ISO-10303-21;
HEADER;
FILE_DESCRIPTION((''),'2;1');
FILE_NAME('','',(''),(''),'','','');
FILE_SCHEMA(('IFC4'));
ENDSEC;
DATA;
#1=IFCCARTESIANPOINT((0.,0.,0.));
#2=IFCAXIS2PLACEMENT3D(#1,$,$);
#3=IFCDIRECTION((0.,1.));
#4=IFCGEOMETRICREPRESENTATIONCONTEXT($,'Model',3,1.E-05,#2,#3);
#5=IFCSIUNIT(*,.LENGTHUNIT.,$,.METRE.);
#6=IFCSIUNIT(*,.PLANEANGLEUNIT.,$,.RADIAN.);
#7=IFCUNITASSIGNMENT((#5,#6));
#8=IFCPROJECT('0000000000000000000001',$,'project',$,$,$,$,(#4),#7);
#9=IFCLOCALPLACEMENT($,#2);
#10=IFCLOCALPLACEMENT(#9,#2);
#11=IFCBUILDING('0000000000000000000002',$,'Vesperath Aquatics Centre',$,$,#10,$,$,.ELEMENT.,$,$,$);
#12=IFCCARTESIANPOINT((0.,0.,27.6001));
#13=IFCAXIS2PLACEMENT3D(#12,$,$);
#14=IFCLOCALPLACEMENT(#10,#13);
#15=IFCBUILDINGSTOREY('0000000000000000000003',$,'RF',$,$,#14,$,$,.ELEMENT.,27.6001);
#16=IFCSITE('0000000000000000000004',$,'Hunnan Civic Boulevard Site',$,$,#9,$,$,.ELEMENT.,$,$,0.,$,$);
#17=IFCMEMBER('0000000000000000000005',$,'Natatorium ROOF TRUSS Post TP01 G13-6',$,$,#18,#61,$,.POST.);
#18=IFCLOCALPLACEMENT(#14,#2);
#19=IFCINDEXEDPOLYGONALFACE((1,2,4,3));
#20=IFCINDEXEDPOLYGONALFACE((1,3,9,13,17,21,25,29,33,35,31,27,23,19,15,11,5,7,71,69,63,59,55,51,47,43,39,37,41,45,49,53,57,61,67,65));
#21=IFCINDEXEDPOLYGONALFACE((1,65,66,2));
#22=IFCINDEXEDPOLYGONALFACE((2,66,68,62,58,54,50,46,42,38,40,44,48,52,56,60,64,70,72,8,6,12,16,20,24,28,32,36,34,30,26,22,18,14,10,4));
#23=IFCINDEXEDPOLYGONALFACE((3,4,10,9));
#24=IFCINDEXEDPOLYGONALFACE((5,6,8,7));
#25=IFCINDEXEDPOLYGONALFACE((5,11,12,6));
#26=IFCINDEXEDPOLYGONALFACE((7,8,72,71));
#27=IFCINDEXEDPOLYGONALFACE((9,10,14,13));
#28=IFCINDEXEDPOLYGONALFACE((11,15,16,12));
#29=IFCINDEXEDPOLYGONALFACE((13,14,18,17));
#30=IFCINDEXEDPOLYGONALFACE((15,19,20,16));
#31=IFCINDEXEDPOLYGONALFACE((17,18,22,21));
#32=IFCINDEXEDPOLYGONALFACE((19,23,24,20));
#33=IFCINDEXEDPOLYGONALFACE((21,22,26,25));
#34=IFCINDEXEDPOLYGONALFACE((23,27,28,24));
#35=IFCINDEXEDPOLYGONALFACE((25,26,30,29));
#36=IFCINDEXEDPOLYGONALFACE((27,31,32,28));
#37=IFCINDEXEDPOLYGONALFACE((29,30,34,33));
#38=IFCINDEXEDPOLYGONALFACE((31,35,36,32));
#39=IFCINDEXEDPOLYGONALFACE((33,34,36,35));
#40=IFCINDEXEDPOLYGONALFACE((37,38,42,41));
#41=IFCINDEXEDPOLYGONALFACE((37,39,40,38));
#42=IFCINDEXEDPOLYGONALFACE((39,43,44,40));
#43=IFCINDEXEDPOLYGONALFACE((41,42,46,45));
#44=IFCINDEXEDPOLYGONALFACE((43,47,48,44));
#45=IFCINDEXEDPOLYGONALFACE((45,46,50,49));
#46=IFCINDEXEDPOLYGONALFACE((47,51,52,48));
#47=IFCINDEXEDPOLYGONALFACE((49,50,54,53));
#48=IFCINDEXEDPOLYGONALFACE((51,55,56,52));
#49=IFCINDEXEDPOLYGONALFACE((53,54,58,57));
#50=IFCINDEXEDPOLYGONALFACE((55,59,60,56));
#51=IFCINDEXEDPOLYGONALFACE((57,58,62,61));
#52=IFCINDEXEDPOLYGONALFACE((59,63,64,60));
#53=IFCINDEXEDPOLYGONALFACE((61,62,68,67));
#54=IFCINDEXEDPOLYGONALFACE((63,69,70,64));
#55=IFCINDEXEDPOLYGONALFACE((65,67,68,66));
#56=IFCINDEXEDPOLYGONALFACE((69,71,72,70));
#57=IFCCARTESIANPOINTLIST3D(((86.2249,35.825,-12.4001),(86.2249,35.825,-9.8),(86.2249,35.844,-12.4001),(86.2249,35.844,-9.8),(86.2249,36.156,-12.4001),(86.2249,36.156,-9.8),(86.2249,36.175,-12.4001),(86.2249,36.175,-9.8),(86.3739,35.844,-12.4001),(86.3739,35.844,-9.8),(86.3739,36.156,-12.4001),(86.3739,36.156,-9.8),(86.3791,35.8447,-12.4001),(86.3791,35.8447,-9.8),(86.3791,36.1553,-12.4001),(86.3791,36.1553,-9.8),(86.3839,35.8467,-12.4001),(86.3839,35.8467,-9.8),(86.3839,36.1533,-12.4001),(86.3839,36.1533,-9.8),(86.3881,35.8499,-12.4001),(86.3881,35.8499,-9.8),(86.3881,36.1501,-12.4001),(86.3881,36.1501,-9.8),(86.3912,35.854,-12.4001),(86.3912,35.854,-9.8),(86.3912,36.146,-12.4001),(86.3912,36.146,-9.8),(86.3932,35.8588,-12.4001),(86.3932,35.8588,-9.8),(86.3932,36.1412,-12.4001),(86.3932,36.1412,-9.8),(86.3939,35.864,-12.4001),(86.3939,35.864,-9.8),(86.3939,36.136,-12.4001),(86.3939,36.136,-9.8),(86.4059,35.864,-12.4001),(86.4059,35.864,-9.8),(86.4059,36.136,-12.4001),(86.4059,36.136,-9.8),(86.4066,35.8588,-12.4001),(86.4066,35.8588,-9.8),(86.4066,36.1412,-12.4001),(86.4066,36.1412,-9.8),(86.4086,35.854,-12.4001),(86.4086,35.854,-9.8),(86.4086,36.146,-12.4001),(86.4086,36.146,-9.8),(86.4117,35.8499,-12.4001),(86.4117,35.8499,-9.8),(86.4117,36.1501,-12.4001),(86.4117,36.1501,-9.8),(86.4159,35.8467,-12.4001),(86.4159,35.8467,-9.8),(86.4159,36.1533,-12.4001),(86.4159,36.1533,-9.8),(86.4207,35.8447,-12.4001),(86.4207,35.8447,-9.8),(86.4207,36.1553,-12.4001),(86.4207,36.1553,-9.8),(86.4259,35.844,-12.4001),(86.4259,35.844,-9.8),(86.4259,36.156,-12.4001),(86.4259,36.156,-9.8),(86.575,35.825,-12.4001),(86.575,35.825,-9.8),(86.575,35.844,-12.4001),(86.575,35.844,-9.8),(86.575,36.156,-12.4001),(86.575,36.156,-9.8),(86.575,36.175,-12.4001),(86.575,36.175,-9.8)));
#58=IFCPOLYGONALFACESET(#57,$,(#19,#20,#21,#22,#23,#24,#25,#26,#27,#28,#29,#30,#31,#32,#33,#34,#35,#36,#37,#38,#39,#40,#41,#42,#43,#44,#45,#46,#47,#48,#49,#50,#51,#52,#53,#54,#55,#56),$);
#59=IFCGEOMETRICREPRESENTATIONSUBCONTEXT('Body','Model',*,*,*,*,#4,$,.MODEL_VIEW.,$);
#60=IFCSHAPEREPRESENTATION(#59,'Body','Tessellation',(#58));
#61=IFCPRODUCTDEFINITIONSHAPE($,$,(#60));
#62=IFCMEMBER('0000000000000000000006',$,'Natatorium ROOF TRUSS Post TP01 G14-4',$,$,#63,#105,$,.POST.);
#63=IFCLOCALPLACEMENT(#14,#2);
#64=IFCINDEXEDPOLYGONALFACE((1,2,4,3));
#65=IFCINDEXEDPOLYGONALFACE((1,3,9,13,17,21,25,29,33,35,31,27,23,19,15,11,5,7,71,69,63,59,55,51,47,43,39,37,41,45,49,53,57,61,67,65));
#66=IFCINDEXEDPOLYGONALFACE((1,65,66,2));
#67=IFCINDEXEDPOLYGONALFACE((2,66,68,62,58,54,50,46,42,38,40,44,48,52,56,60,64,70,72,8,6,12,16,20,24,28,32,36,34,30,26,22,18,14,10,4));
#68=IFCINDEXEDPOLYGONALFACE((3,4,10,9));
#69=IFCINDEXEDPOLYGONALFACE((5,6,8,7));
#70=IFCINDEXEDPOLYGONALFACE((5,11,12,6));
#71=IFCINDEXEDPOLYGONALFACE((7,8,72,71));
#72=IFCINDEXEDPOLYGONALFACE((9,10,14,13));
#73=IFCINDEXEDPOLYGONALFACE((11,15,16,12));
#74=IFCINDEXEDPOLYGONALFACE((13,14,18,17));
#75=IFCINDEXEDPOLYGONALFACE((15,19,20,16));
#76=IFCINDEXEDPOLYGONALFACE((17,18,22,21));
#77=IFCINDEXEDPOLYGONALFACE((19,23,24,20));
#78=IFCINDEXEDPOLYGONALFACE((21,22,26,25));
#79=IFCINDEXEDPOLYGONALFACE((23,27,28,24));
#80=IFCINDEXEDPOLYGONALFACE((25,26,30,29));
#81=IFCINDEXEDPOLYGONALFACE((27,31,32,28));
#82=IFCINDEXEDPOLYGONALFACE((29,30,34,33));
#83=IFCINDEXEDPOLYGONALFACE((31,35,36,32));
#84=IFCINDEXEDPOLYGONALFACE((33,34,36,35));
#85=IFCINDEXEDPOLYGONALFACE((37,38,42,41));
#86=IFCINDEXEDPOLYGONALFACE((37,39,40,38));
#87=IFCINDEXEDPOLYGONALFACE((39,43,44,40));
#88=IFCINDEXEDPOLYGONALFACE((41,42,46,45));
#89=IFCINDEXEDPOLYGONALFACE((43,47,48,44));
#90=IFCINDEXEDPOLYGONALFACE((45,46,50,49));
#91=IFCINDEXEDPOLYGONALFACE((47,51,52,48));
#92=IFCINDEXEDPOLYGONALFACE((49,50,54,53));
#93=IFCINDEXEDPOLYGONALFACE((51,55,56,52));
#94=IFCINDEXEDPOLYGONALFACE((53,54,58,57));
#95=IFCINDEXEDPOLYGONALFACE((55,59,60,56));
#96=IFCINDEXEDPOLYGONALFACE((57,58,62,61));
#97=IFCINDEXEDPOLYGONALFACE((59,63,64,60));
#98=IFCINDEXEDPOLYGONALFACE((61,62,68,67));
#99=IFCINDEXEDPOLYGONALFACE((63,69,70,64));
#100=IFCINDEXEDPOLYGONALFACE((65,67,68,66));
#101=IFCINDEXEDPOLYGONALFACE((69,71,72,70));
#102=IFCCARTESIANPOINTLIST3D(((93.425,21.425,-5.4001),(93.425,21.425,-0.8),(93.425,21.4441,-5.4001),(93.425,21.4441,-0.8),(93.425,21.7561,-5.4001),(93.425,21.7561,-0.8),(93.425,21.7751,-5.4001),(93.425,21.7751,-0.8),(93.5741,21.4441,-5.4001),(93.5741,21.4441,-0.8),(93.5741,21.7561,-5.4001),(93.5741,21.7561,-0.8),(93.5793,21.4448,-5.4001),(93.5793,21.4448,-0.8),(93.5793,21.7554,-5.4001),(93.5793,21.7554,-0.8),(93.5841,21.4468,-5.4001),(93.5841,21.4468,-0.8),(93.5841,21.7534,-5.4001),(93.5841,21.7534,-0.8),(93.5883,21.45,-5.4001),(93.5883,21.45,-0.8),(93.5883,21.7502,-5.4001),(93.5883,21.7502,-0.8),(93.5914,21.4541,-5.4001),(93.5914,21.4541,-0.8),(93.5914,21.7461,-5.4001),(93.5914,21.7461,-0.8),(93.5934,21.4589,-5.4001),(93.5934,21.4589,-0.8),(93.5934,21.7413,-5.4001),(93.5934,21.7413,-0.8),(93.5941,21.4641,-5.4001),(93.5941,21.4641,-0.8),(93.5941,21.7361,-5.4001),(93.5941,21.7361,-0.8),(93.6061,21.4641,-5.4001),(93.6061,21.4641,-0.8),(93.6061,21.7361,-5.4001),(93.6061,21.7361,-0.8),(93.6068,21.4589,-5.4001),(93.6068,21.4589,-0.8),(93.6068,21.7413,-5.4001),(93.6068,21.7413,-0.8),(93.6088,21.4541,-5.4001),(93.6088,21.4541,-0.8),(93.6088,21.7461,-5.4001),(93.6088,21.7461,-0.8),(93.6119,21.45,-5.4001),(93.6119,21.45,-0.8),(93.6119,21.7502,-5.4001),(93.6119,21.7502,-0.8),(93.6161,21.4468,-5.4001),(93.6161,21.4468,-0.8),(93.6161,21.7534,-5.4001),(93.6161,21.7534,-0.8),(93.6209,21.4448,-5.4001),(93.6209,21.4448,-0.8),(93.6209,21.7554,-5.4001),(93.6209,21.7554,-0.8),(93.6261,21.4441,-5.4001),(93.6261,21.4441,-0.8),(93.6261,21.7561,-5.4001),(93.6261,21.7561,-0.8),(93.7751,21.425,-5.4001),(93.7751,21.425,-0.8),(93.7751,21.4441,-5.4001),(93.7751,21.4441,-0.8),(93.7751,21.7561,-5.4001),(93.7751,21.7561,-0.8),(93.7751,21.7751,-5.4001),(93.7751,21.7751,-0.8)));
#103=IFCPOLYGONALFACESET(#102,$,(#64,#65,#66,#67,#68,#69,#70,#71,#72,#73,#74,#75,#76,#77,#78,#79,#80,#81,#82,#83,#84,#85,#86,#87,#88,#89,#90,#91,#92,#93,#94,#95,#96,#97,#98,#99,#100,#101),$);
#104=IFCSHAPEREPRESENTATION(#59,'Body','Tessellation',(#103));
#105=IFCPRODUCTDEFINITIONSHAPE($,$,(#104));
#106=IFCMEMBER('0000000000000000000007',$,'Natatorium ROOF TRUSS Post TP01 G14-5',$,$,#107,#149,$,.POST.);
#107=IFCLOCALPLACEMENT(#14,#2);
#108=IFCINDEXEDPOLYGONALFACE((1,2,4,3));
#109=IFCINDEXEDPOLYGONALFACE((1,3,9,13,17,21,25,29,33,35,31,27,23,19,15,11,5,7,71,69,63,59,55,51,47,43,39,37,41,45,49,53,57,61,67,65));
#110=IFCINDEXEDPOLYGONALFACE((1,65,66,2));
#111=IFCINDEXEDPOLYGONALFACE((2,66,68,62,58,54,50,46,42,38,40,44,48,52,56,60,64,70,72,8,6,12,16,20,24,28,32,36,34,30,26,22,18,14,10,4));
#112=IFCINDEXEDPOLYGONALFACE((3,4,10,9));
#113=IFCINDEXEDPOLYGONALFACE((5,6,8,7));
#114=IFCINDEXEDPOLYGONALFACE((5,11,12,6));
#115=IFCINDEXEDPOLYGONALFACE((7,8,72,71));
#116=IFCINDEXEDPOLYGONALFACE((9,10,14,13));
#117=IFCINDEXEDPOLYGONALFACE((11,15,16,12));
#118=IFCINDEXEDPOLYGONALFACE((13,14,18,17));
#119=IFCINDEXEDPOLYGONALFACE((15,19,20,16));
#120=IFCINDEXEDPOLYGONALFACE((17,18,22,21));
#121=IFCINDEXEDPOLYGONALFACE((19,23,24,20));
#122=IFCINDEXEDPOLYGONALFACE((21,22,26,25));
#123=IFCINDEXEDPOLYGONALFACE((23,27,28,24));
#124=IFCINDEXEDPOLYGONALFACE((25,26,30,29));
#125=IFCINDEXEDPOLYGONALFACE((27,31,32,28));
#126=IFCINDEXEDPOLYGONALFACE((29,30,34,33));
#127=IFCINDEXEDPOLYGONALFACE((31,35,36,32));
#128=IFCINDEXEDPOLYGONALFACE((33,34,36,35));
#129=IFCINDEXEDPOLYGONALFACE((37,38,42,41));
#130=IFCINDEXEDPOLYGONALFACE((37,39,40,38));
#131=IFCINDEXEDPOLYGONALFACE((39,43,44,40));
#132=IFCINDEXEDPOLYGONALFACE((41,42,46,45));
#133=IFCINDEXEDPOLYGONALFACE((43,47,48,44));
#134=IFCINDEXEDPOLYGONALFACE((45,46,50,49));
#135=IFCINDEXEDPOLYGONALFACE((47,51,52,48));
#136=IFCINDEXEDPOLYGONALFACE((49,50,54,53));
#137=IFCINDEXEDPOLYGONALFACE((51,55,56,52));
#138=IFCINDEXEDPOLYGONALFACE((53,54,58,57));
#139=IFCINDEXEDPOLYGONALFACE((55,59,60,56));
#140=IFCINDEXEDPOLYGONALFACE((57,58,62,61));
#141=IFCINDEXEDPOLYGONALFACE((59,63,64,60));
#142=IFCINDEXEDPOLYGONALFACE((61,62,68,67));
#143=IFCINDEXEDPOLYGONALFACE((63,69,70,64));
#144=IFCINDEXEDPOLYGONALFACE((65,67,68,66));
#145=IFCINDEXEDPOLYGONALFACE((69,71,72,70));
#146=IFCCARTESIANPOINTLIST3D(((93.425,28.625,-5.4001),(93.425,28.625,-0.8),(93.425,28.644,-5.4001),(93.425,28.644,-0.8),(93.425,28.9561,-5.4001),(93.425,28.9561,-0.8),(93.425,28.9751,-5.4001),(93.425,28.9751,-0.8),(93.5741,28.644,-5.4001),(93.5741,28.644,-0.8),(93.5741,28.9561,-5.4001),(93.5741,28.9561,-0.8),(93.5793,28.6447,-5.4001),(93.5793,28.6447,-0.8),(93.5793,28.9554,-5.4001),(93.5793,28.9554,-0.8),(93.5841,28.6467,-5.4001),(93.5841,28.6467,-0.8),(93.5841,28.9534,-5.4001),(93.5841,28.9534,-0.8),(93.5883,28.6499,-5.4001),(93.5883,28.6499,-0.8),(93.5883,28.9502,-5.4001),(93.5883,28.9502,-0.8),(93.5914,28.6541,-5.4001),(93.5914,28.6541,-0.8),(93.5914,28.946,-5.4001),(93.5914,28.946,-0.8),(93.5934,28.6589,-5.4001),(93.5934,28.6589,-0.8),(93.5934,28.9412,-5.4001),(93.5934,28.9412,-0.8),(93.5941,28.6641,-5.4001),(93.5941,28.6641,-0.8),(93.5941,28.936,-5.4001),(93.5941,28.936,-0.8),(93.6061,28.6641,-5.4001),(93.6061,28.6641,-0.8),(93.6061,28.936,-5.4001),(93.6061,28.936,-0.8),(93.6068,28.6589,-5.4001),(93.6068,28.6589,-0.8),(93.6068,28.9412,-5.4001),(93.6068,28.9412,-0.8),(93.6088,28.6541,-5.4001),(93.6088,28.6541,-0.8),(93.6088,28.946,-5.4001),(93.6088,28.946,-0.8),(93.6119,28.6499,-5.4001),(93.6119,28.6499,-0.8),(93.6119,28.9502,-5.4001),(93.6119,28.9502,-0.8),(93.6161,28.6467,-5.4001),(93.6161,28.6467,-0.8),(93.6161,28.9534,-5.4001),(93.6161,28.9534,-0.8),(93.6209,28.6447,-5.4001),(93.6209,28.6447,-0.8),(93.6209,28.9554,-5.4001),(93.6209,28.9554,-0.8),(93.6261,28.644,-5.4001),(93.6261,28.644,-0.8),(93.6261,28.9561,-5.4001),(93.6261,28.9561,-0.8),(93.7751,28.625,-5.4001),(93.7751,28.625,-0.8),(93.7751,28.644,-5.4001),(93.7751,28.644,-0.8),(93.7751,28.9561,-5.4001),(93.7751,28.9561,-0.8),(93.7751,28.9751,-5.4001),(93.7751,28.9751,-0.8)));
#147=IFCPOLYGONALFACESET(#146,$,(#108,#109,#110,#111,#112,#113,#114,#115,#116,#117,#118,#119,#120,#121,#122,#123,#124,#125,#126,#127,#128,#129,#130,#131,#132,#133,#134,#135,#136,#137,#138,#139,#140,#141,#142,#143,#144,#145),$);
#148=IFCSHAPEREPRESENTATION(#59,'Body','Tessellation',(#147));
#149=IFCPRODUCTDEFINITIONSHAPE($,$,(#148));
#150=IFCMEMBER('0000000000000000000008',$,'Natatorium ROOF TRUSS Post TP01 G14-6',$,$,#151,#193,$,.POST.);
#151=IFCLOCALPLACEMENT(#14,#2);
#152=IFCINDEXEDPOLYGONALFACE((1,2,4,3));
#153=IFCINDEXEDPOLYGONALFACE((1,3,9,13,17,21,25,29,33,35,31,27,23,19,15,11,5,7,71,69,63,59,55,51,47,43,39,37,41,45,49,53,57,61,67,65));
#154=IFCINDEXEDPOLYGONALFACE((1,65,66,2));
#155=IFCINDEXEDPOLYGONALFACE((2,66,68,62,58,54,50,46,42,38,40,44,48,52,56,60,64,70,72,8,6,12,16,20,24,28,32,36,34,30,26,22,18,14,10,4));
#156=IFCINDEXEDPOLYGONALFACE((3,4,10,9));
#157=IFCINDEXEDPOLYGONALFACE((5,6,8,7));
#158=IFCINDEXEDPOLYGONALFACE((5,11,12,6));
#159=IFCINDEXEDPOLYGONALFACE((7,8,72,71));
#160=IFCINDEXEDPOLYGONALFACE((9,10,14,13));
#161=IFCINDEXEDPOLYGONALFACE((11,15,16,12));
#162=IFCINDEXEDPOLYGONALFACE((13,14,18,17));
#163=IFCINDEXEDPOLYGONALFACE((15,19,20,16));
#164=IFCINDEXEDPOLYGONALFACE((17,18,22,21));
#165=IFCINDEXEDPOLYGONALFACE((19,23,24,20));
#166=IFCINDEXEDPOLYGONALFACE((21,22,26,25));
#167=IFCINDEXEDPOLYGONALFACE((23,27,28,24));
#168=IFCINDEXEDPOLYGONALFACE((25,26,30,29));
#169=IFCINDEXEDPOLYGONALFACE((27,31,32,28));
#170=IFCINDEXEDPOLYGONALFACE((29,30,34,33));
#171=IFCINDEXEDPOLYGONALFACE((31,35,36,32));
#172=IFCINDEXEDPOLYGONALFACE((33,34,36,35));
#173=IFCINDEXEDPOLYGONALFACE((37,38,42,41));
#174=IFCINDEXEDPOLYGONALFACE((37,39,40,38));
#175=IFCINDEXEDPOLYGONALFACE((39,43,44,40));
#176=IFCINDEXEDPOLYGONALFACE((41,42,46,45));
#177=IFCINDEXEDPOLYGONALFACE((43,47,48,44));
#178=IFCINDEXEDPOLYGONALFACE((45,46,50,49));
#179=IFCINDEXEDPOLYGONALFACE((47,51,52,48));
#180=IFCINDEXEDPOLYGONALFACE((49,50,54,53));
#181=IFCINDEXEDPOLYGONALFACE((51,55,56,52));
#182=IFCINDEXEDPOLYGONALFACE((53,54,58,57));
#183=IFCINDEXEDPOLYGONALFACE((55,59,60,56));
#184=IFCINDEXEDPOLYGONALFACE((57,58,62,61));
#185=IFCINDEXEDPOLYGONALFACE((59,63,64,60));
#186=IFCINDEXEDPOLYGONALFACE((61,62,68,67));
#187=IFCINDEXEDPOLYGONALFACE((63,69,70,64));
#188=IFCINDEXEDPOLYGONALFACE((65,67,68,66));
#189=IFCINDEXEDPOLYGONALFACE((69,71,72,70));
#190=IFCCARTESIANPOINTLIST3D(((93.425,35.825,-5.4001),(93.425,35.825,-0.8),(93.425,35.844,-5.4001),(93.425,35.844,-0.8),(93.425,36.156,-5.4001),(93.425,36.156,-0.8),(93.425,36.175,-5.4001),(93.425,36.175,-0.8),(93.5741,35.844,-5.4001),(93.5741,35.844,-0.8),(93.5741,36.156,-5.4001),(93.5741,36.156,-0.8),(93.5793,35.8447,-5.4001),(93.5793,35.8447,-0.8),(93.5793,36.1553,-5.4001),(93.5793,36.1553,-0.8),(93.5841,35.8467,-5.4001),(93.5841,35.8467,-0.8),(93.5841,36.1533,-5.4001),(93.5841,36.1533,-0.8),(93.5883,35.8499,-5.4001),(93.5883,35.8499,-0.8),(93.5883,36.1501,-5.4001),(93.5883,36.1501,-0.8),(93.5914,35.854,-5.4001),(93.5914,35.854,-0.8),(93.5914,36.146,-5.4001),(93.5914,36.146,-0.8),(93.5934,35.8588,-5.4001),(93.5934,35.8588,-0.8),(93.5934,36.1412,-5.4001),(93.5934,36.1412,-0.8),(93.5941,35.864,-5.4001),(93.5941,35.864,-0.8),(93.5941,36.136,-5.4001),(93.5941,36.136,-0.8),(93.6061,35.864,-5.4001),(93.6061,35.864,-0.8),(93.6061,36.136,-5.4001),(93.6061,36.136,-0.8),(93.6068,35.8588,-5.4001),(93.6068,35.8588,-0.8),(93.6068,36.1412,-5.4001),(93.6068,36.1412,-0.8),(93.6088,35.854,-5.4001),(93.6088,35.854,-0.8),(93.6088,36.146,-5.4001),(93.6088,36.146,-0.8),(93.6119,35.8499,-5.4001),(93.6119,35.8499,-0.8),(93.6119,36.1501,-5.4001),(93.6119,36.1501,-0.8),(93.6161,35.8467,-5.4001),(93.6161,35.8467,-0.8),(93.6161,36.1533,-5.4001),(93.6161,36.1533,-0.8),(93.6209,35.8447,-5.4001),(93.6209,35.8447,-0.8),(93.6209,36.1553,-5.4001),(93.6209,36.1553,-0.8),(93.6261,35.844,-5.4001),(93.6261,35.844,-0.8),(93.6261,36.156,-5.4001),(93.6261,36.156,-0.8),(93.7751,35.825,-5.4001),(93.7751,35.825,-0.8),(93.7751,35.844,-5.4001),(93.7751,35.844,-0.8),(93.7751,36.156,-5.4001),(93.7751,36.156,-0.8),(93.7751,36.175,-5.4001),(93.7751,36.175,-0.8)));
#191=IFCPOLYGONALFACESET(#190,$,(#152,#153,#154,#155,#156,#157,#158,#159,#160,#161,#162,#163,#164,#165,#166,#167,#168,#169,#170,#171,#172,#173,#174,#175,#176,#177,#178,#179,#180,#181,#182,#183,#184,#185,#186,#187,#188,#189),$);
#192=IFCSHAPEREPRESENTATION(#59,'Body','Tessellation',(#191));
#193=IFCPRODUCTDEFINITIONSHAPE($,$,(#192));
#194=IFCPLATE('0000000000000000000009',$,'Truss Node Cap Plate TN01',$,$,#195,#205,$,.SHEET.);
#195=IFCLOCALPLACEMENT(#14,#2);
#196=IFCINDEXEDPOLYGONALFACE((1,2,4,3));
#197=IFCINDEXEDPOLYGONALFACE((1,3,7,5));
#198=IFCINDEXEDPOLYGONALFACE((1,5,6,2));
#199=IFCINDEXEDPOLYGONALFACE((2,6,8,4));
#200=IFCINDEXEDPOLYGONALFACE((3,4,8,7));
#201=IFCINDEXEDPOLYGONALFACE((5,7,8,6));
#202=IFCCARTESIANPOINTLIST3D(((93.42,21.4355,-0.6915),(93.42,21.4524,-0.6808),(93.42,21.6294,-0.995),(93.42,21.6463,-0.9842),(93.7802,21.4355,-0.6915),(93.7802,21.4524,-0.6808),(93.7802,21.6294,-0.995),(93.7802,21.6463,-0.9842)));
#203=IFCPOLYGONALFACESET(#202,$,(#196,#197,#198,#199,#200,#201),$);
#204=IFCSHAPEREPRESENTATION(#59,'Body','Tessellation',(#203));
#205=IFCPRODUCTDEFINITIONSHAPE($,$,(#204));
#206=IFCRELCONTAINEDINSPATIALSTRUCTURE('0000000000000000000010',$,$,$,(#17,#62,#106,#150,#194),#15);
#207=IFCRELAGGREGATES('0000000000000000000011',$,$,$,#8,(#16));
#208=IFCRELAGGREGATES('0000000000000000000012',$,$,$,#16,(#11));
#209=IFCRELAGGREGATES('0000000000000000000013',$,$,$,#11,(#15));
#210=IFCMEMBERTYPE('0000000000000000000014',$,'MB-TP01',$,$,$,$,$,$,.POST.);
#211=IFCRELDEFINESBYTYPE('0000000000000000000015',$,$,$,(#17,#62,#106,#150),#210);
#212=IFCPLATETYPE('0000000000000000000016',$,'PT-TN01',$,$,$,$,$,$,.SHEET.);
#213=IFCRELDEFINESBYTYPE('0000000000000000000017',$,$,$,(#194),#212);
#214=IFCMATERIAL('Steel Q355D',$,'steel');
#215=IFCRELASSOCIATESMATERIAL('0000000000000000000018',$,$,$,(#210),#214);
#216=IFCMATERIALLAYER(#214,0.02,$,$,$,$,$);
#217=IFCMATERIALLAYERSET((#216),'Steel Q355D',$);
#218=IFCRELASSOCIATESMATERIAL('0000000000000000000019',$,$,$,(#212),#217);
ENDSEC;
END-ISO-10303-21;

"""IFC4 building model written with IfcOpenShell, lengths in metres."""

from ifc_helpers import new_model, si_unit, direction, frame, origin, origin_2d, place, context, subcontext, project, spatial, rectangle, i_section, extrude, material, layer, layer_set, material_profile, profile_set, type_object, element, save


model = new_model("IFC4")

# Units and contexts
model_context = context("Model", 3, precision=1e-05, world=origin(), true_north=direction((0.0, 1.0)))
body_context = subcontext(model_context, "Body", "Model", "MODEL_VIEW")
ifc_project = project(units=[si_unit("LENGTHUNIT", "METRE"), si_unit("PLANEANGLEUNIT", "RADIAN")], contexts=[model_context])

# Site, building, storey
site_placement = place(None, origin())
site = spatial("IfcSite", under=ifc_project, at=site_placement, Name="Hunnan Civic Boulevard Site", CompositionType="ELEMENT", RefElevation=0.0)
building_placement = place(site_placement, origin())
building = spatial("IfcBuilding", under=site, at=building_placement, Name="Vesperath Aquatics Centre", CompositionType="ELEMENT")
storey_placement = place(building_placement, frame((0.0, 0.0, 27.6001)))
storey = spatial("IfcBuildingStorey", under=building, at=storey_placement, Name="RF", CompositionType="ELEMENT", Elevation=27.6001)

# Members
ifc_material_1 = material(Name="Steel Q355D", Category="steel")
ifc_material_profile_1 = material_profile(ifc_material_1, i_section(OverallWidth=0.3501, OverallDepth=0.3501, WebThickness=0.012, FlangeThickness=0.019, FilletRadius=0.02, at=origin_2d()), Name="HW 350x350x12x19")
ifc_profile_set_1 = profile_set([ifc_material_profile_1], Name="Steel Q355D")
member_type_1 = type_object("IfcMemberType", Name="MB-TP01", PredefinedType="POST", material=ifc_profile_set_1)
for number, where, z_axis, x_axis, name in (
    (1, (86.3999, 36.0, -12.4001), (0.0, 0.0, 1.0), (1.0, 0.0, 0.0), "Natatorium ROOF TRUSS Post TP01 G13-6"),
):
    element("IfcMember", number, at=place(storey_placement, frame(where, z_axis=z_axis, x_axis=x_axis)), inside=storey, type_object=member_type_1, Name=name, PredefinedType="POST", context=body_context, shape_type="SweptSolid", body=[
        extrude(i_section(OverallWidth=0.3501, OverallDepth=0.3501, WebThickness=0.012, FlangeThickness=0.019, FilletRadius=0.02, at=origin_2d()), origin(), (0.0, 0.0, 1.0), 2.6001),
    ])
for number, where, z_axis, x_axis, name in (
    (2, (93.6001, 21.6001, -5.4001), (0.0, 0.0, 1.0), (1.0, 0.0, 0.0), "Natatorium ROOF TRUSS Post TP01 G14-4"),
    (3, (93.6001, 28.8, -5.4001), (0.0, 0.0, 1.0), (1.0, 0.0, 0.0), "Natatorium ROOF TRUSS Post TP01 G14-5"),
    (4, (93.6001, 36.0, -5.4001), (0.0, 0.0, 1.0), (1.0, 0.0, 0.0), "Natatorium ROOF TRUSS Post TP01 G14-6"),
):
    element("IfcMember", number, at=place(storey_placement, frame(where, z_axis=z_axis, x_axis=x_axis)), inside=storey, type_object=member_type_1, Name=name, PredefinedType="POST", context=body_context, shape_type="SweptSolid", body=[
        extrude(i_section(OverallWidth=0.3501, OverallDepth=0.3501, WebThickness=0.012, FlangeThickness=0.019, FilletRadius=0.02, at=origin_2d()), origin(), (0.0, 0.0, 1.0), 4.6001),
    ])

# Plate
ifc_layer_1 = layer(ifc_material_1, 0.02)
ifc_layer_set_1 = layer_set([ifc_layer_1], Name="Steel Q355D")
plate_type_1 = type_object("IfcPlateType", Name="PT-TN01", PredefinedType="SHEET", material=ifc_layer_set_1)
for number, where, z_axis, x_axis, name in (
    (5, (93.6001, 21.5325, -0.8433), (0.0, 0.842696, 0.538389), (-1.0, 0.0, 0.0), "Truss Node Cap Plate TN01"),
):
    element("IfcPlate", number, at=place(storey_placement, frame(where, z_axis=z_axis, x_axis=x_axis)), inside=storey, type_object=plate_type_1, Name=name, PredefinedType="SHEET", context=body_context, shape_type="SweptSolid", body=[
        extrude(rectangle(XDim=0.3601, YDim=0.3601, at=origin_2d()), origin(), (0.0, 0.0, 1.0), 0.02),
    ])

save(model, "model.ifc")
